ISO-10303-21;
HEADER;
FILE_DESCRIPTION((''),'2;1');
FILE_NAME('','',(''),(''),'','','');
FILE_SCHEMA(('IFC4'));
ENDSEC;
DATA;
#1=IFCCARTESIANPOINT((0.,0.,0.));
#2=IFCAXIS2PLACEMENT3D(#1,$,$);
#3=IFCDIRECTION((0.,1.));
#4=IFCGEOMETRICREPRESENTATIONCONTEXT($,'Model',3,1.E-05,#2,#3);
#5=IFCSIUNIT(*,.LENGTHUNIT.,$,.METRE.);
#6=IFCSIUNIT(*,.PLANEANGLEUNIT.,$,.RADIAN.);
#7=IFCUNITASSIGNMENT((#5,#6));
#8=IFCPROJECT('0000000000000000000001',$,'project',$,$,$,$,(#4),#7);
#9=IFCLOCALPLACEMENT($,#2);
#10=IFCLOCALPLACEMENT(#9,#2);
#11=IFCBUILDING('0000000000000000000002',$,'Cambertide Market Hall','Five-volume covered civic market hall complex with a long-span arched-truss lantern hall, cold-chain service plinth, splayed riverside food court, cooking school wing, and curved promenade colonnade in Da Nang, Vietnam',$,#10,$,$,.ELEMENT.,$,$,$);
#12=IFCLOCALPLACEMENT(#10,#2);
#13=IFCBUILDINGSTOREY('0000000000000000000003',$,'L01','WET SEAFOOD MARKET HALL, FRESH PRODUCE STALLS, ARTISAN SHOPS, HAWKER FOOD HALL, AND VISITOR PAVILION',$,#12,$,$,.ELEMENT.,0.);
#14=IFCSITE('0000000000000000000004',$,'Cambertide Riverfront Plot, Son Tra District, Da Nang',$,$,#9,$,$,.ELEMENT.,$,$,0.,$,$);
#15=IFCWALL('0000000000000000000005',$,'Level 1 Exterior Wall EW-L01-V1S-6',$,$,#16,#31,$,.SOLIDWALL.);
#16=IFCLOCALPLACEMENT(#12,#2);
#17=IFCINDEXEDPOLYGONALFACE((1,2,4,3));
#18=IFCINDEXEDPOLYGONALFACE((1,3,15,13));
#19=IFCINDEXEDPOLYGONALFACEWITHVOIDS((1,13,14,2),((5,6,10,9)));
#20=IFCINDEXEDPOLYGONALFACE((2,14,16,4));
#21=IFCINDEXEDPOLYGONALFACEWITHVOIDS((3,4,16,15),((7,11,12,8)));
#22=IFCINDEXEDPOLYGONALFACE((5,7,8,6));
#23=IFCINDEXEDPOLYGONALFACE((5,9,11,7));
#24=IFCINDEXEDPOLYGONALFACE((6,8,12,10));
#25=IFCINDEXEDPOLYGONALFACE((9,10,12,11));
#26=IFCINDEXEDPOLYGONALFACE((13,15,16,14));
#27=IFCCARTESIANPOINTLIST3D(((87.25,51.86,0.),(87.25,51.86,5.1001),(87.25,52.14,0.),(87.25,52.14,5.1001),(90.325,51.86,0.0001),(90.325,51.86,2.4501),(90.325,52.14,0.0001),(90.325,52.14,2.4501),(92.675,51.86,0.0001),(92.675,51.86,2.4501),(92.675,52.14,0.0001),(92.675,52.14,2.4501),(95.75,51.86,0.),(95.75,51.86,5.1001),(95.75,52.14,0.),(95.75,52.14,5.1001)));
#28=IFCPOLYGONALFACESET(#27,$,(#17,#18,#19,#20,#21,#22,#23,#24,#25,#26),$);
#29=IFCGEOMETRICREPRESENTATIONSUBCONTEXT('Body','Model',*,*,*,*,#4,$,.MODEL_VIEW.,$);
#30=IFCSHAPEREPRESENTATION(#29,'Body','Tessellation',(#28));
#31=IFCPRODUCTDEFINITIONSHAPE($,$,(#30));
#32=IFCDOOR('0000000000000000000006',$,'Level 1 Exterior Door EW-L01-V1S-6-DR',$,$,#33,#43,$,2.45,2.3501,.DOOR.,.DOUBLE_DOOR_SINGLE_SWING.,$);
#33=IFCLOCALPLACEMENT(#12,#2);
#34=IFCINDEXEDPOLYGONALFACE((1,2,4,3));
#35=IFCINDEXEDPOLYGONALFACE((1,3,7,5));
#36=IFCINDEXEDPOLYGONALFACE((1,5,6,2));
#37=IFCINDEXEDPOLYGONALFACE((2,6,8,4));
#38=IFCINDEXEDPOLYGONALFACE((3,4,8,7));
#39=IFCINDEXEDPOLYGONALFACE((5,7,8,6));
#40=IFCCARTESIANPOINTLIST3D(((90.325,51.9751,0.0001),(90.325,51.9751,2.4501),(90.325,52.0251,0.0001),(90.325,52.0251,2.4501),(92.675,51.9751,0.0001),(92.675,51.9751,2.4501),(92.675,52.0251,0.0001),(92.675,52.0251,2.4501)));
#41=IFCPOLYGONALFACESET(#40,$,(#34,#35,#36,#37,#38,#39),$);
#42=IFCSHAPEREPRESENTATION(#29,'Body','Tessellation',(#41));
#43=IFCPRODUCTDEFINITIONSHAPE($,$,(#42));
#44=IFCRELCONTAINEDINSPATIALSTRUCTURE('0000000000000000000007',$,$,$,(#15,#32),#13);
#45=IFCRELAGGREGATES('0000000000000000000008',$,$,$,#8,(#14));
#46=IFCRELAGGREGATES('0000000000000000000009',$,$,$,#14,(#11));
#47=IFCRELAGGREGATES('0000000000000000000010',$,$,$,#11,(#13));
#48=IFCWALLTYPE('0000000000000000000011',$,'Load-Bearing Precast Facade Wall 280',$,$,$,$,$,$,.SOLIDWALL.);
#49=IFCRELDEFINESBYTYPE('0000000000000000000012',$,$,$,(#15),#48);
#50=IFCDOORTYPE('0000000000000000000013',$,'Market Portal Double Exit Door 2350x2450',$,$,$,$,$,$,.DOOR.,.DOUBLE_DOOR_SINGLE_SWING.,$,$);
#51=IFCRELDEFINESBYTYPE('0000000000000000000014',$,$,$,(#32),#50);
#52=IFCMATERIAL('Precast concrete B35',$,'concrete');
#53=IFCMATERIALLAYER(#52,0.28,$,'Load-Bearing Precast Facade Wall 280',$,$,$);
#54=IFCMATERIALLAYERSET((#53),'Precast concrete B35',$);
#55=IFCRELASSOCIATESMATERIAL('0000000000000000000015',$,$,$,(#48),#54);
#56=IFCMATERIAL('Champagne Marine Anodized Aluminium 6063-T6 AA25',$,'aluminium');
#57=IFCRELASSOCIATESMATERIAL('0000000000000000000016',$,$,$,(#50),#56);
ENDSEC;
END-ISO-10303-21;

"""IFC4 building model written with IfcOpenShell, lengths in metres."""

from ifc_helpers import new_model, si_unit, direction, frame, frame_2d, origin, place, context, subcontext, project, spatial, rectangle, extrude, material, layer, layer_set, type_object, element, fill, save


model = new_model("IFC4")

# Units and contexts
model_context = context("Model", 3, precision=1e-05, world=origin(), true_north=direction((0.0, 1.0)))
body_context = subcontext(model_context, "Body", "Model", "MODEL_VIEW")
ifc_project = project(units=[si_unit("LENGTHUNIT", "METRE"), si_unit("PLANEANGLEUNIT", "RADIAN")], contexts=[model_context])

# Site, building, storey
site_placement = place(None, origin())
site = spatial("IfcSite", under=ifc_project, at=site_placement, Name="Cambertide Riverfront Plot, Son Tra District, Da Nang", CompositionType="ELEMENT", RefElevation=0.0)
building_placement = place(site_placement, origin())
building = spatial("IfcBuilding", under=site, at=building_placement, Name="Cambertide Market Hall", Description="Five-volume covered civic market hall complex with a long-span arched-truss lantern hall, cold-chain service plinth, splayed riverside food court, cooking school wing, and curved promenade colonnade in Da Nang, Vietnam", CompositionType="ELEMENT")
storey_placement = place(building_placement, origin())
storey = spatial("IfcBuildingStorey", under=building, at=storey_placement, Name="L01", Description="WET SEAFOOD MARKET HALL, FRESH PRODUCE STALLS, ARTISAN SHOPS, HAWKER FOOD HALL, AND VISITOR PAVILION", CompositionType="ELEMENT", Elevation=0.0)

# Wall, opening, door
ifc_material_1 = material(Name="Precast concrete B35", Category="concrete")
ifc_layer_1 = layer(ifc_material_1, 0.28, Name="Load-Bearing Precast Facade Wall 280")
ifc_layer_set_1 = layer_set([ifc_layer_1], Name="Precast concrete B35")
wall_type = type_object("IfcWallType", Name="Load-Bearing Precast Facade Wall 280", PredefinedType="SOLIDWALL", material=ifc_layer_set_1)
wall_placement = place(storey_placement, frame((95.75, 52.0, 0.0), z_axis=(0.0, 0.0, 1.0), x_axis=(-1.0, 0.0, 0.0)))
wall = element("IfcWall", 1, at=wall_placement, inside=storey, type_object=wall_type, Name="Level 1 Exterior Wall EW-L01-V1S-6", PredefinedType="SOLIDWALL", context=body_context, shape_type="SweptSolid", body=[
    extrude(rectangle(XDim=8.5, YDim=0.28, at=frame_2d((4.25, 0.0))), origin(), (0.0, 0.0, 1.0), 5.1001),
])
opening_placement = place(wall_placement, frame((3.075, 0.0, 0.0)))
opening = element("IfcOpeningElement", 2, at=opening_placement, cuts=wall, PredefinedType="OPENING", context=body_context, shape_type="SweptSolid", body=[
    extrude(rectangle(XDim=2.3501, YDim=2.45, at=frame_2d((1.175, 1.2251))), frame((0.0, 0.1499, 0.0), z_axis=(0.0, -1.0, 0.0), x_axis=(1.0, 0.0, 0.0)), (0.0, 0.0, 1.0), 0.3),
])
ifc_material_2 = material(Name="Champagne Marine Anodized Aluminium 6063-T6 AA25", Category="aluminium")
door_type = type_object("IfcDoorType", Name="Market Portal Double Exit Door 2350x2450", OperationType="DOUBLE_DOOR_SINGLE_SWING", PredefinedType="DOOR", material=ifc_material_2)
door_placement = place(opening_placement, origin())
door = element("IfcDoor", 3, at=door_placement, inside=storey, type_object=door_type, Name="Level 1 Exterior Door EW-L01-V1S-6-DR", OperationType="DOUBLE_DOOR_SINGLE_SWING", OverallHeight=2.45, OverallWidth=2.3501, PredefinedType="DOOR", context=body_context, shape_type="SweptSolid", body=[
    extrude(rectangle(XDim=2.3501, YDim=2.45, at=frame_2d((1.175, 1.2251))), frame((0.0, 0.0249, 0.0), z_axis=(0.0, -1.0, 0.0), x_axis=(1.0, 0.0, 0.0)), (0.0, 0.0, 1.0), 0.05),
])
fill(opening, door)

save(model, "model.ifc")
